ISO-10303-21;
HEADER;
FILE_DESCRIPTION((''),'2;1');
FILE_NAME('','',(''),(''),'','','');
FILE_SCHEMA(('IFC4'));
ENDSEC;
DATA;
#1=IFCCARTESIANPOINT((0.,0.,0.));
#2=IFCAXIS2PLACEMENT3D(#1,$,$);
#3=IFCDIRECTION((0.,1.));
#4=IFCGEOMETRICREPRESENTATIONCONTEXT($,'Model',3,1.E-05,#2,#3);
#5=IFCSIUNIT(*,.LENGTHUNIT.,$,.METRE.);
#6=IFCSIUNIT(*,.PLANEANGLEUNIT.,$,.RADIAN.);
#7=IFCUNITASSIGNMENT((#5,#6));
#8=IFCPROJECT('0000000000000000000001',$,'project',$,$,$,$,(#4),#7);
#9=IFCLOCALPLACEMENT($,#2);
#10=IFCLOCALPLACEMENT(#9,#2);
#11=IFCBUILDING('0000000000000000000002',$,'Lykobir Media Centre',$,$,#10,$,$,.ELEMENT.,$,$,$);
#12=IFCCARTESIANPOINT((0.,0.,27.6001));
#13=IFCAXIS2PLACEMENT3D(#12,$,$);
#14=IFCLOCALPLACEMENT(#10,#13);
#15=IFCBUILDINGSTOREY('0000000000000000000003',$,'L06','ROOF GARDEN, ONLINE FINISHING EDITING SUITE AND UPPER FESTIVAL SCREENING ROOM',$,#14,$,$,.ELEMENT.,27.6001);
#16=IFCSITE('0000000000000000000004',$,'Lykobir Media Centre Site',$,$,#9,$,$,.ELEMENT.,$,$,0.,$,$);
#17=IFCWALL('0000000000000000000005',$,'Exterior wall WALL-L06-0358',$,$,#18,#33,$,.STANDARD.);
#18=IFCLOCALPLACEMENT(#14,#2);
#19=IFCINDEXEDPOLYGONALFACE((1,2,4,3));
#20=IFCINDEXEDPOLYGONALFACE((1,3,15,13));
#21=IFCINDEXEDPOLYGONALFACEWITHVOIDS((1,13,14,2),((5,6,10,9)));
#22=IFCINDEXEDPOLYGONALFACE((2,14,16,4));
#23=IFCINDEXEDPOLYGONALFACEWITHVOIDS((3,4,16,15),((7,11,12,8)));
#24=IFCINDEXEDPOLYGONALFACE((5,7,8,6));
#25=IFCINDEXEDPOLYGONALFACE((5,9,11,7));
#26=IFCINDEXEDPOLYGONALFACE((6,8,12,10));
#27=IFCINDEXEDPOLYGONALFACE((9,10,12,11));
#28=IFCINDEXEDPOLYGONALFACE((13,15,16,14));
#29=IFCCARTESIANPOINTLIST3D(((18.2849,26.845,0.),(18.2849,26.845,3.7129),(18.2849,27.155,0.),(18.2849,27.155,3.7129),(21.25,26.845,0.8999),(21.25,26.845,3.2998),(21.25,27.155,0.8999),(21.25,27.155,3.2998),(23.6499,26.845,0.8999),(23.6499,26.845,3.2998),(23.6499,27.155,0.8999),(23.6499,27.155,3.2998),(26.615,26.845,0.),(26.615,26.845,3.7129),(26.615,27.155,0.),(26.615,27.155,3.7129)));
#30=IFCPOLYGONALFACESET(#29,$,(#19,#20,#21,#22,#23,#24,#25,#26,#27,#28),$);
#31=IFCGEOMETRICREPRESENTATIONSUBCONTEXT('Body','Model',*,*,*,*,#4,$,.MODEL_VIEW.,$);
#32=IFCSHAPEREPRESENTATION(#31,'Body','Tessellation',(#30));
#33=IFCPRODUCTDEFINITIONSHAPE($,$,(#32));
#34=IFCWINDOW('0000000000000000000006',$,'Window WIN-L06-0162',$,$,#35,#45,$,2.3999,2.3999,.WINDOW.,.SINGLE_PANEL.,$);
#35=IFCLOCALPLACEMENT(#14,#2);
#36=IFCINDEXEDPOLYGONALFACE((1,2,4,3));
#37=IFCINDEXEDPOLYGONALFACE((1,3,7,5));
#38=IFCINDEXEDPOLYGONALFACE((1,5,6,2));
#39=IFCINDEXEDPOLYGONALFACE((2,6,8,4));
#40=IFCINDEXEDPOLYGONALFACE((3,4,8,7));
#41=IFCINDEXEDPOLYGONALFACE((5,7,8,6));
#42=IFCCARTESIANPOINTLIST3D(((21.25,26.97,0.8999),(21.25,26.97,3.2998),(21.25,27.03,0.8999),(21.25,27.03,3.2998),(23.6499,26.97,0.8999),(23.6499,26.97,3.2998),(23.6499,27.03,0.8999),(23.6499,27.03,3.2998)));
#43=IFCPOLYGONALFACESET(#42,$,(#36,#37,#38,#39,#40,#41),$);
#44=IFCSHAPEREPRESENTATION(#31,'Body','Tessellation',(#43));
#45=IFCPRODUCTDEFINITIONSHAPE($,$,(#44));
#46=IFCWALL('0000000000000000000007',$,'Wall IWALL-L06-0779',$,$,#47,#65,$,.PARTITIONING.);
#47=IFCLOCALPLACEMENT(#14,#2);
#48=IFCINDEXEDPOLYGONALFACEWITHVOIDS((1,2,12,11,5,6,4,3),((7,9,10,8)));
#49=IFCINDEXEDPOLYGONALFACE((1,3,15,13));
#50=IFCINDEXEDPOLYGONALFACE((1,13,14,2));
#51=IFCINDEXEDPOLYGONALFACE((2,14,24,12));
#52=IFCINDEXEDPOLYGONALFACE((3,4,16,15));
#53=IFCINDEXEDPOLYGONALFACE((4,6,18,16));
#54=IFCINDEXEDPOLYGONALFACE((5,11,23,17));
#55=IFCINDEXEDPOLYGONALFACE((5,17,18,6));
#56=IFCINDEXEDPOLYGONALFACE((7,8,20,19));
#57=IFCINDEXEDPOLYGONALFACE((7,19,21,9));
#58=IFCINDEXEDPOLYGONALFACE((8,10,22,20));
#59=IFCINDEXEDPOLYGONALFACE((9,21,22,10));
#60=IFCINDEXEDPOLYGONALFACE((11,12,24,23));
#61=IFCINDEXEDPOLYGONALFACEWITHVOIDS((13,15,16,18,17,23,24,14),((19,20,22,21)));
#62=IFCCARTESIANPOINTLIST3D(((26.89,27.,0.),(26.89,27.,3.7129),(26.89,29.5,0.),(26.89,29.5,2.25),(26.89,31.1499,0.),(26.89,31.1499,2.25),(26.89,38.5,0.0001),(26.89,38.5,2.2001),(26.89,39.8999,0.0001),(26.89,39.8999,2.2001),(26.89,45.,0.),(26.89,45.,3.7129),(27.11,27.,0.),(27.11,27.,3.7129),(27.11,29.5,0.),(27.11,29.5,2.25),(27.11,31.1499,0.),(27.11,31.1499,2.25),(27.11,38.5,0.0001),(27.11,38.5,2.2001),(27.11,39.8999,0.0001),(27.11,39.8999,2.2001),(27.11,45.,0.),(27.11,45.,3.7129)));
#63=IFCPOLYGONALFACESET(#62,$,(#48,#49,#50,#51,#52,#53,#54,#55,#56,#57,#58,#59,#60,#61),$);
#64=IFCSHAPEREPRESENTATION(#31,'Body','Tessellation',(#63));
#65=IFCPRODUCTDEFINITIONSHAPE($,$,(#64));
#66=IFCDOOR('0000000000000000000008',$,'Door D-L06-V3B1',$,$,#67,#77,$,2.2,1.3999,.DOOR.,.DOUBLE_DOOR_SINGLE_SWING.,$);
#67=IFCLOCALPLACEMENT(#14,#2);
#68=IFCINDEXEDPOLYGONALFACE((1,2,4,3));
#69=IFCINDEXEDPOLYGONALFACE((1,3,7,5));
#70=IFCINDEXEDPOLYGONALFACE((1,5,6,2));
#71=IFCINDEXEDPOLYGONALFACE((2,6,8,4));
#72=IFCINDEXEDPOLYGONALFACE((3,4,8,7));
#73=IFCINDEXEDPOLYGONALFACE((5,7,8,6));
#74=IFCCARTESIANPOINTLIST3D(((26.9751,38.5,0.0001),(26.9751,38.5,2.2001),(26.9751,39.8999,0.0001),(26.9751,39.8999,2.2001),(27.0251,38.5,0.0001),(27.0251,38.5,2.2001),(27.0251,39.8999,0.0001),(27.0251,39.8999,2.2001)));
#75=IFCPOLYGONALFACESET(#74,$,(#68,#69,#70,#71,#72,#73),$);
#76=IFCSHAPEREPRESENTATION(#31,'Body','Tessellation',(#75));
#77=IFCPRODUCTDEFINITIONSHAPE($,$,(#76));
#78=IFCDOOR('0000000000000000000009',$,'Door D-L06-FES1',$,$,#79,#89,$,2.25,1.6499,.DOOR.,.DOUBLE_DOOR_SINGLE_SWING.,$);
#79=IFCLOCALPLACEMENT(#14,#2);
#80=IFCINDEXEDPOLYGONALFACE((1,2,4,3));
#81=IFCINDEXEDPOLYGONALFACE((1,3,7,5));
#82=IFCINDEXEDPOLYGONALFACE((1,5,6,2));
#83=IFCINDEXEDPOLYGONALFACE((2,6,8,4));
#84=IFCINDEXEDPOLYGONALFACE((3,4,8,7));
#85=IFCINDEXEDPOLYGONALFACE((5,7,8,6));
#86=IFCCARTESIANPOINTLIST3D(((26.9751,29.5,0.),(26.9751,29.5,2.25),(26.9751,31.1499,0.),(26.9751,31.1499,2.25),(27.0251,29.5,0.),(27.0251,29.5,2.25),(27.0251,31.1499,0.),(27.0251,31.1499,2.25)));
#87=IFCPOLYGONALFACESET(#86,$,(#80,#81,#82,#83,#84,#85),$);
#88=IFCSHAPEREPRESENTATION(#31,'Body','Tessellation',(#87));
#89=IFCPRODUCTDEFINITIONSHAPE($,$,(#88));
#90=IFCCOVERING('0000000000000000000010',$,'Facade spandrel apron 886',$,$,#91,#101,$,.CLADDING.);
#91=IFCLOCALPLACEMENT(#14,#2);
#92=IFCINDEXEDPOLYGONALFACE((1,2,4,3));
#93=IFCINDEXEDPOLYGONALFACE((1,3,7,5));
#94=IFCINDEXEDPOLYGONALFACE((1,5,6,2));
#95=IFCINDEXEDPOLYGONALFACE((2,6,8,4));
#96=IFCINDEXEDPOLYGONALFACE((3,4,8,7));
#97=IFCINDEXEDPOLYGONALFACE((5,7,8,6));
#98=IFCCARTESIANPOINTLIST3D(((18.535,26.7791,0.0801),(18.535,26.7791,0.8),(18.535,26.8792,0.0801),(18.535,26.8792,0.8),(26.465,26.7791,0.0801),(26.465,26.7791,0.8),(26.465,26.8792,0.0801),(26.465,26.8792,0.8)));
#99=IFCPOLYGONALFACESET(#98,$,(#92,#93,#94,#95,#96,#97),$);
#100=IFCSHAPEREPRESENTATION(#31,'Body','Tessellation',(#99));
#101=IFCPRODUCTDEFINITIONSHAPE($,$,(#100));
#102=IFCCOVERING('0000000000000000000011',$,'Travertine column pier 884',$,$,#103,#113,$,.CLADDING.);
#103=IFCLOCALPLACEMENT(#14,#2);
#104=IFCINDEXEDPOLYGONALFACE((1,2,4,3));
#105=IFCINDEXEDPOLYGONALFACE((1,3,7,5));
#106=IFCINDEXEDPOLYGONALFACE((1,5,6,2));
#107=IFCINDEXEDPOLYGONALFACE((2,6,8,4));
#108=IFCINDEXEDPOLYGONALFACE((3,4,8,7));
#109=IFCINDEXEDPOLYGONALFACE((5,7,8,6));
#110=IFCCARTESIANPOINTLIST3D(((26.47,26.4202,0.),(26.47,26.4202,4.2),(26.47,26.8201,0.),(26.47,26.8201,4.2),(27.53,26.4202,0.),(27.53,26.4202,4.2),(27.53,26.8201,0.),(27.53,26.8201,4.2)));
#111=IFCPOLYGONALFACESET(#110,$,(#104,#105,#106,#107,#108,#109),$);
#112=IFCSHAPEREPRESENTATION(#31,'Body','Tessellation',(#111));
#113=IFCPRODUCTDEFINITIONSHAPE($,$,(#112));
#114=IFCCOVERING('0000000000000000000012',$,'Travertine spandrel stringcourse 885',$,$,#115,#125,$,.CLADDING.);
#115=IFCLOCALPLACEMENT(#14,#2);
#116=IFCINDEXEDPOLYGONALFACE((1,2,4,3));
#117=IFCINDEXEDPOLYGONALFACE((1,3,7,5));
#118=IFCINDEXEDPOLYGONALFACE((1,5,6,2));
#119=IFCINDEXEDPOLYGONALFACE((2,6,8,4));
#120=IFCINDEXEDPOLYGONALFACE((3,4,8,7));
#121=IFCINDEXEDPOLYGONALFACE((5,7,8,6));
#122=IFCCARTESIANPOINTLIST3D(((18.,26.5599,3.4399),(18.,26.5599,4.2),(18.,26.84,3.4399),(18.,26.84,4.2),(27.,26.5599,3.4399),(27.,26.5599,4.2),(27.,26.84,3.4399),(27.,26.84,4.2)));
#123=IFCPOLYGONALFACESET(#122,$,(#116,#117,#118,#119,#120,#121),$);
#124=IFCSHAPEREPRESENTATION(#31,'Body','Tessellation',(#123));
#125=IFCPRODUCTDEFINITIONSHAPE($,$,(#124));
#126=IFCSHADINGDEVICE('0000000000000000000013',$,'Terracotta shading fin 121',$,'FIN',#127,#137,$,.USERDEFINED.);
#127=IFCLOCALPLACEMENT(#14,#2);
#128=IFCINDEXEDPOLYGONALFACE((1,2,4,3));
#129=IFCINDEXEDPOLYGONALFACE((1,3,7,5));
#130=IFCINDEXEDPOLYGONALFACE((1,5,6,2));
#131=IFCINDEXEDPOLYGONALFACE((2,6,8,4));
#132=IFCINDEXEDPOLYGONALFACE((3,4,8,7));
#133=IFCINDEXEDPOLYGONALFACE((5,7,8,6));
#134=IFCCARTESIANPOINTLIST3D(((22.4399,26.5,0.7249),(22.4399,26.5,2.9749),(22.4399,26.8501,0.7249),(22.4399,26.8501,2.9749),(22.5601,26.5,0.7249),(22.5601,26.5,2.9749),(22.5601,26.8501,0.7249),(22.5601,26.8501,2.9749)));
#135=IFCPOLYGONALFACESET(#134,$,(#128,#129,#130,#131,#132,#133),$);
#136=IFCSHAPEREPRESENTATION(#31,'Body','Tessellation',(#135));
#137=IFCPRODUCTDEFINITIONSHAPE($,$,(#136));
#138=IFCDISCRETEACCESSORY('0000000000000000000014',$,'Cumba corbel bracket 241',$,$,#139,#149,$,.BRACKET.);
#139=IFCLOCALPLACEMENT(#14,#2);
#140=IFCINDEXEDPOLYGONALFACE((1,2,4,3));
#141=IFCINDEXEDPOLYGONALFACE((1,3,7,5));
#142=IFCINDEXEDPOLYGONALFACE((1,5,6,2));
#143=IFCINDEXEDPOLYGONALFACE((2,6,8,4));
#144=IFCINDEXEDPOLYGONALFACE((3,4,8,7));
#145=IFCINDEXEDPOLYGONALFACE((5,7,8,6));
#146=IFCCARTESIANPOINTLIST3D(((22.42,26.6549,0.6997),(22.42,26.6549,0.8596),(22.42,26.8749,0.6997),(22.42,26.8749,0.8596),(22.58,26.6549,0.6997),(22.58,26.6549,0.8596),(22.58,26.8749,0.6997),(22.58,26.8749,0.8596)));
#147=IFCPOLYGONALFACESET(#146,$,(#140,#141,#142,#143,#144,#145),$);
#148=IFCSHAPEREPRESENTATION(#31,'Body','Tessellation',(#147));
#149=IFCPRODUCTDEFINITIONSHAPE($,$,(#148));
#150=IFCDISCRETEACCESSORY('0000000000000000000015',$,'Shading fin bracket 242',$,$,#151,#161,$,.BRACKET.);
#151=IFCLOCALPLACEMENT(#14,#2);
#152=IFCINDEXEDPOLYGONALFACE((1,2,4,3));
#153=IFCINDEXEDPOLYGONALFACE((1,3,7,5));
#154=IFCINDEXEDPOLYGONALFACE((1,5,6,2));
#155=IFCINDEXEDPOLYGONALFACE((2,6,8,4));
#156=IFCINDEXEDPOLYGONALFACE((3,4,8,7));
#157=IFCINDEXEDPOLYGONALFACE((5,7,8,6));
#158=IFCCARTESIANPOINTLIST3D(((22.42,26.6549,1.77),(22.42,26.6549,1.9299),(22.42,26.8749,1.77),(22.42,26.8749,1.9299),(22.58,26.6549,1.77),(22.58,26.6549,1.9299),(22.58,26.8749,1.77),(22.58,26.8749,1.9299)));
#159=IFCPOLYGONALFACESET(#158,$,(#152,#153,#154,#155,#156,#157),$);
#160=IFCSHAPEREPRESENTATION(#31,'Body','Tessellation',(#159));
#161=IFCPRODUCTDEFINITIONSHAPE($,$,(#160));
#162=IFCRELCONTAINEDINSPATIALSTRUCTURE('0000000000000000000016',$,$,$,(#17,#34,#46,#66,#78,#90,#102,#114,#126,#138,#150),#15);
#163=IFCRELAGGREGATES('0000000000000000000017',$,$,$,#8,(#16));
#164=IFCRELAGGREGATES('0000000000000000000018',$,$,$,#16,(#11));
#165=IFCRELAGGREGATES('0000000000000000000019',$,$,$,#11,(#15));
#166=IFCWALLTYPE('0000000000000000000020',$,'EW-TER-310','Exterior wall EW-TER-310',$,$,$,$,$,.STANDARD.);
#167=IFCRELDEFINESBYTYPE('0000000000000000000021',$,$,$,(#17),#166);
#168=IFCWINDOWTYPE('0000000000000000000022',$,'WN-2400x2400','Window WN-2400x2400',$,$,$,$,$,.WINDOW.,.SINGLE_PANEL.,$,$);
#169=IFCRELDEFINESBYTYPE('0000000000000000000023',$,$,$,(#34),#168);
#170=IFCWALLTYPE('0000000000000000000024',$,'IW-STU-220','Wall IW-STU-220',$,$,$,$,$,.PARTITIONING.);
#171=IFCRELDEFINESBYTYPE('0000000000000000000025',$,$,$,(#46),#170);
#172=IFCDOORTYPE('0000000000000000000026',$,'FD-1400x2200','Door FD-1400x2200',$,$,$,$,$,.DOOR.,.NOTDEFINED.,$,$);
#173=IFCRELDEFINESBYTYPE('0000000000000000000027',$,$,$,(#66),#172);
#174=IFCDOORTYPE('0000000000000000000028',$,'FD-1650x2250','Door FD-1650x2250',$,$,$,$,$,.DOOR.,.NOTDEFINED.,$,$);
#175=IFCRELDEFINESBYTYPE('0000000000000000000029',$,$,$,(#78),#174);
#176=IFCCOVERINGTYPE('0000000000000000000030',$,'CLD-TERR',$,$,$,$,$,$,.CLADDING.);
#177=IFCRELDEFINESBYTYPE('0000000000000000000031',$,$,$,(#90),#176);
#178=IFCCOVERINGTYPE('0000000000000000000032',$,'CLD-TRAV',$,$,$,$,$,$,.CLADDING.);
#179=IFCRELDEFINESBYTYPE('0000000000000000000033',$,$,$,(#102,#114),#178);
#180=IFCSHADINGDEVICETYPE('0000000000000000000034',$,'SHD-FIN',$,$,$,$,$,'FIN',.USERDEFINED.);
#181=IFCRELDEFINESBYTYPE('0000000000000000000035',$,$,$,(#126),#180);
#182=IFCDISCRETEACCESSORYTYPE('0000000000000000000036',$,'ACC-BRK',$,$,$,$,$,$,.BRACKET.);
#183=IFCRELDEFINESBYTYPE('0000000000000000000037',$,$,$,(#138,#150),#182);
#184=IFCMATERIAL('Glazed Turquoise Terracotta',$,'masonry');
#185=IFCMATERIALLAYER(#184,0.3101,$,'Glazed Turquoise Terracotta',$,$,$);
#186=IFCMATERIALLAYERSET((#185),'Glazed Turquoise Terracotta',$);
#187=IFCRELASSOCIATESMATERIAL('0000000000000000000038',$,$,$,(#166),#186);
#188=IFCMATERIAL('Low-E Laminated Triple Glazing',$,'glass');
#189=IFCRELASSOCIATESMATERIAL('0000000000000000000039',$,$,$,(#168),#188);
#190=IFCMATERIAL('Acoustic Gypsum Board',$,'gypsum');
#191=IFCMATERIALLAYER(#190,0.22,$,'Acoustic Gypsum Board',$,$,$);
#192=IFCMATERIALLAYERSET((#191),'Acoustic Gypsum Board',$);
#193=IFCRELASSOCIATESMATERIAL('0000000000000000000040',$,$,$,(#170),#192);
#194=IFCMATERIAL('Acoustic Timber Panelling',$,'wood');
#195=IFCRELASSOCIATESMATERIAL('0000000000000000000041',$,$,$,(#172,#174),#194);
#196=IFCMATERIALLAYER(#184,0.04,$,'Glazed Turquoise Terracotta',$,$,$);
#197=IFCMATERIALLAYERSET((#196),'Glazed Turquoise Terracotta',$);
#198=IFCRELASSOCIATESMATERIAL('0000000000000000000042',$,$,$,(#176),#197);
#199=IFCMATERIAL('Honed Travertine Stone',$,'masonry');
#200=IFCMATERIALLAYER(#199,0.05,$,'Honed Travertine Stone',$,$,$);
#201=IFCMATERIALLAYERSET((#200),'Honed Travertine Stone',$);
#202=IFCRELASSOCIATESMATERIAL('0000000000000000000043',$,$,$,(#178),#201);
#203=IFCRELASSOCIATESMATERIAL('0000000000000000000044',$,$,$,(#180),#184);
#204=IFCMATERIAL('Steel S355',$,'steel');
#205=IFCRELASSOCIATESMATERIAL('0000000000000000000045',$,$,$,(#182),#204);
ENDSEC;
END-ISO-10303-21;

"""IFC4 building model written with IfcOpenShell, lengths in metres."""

from ifc_helpers import new_model, si_unit, direction, frame, frame_2d, origin, origin_2d, place, context, subcontext, project, spatial, rectangle, extrude, material, layer, layer_set, type_object, element, fill, save


model = new_model("IFC4")

# Units and contexts
model_context = context("Model", 3, precision=1e-05, world=origin(), true_north=direction((0.0, 1.0)))
body_context = subcontext(model_context, "Body", "Model", "MODEL_VIEW")
ifc_project = project(units=[si_unit("LENGTHUNIT", "METRE"), si_unit("PLANEANGLEUNIT", "RADIAN")], contexts=[model_context])

# Site, building, storey
site_placement = place(None, origin())
site = spatial("IfcSite", under=ifc_project, at=site_placement, Name="Lykobir Media Centre Site", CompositionType="ELEMENT", RefElevation=0.0)
building_placement = place(site_placement, origin())
building = spatial("IfcBuilding", under=site, at=building_placement, Name="Lykobir Media Centre", CompositionType="ELEMENT")
storey_placement = place(building_placement, frame((0.0, 0.0, 27.6001)))
storey = spatial("IfcBuildingStorey", under=building, at=storey_placement, Name="L06", Description="ROOF GARDEN, ONLINE FINISHING EDITING SUITE AND UPPER FESTIVAL SCREENING ROOM", CompositionType="ELEMENT", Elevation=27.6001)

# Shared definitions
ifc_material_1 = material(Name="Steel S355", Category="steel")

# Shared definitions
ifc_material_2 = material(Name="Low-E Laminated Triple Glazing", Category="glass")

# Wall, opening, window
ifc_material_3 = material(Name="Glazed Turquoise Terracotta", Category="masonry")
ifc_layer_1 = layer(ifc_material_3, 0.3101, Name="Glazed Turquoise Terracotta")
ifc_layer_set_1 = layer_set([ifc_layer_1], Name="Glazed Turquoise Terracotta")
wall_type_1 = type_object("IfcWallType", Name="EW-TER-310", Description="Exterior wall EW-TER-310", PredefinedType="STANDARD", material=ifc_layer_set_1)
wall_1_placement = place(storey_placement, frame((18.2849, 27.0, 0.0), z_axis=(0.0, 0.0, 1.0), x_axis=(1.0, 0.0, 0.0)))
wall_1 = element("IfcWall", 1, at=wall_1_placement, inside=storey, type_object=wall_type_1, Name="Exterior wall WALL-L06-0358", PredefinedType="STANDARD", context=body_context, shape_type="SweptSolid", body=[
    extrude(rectangle(XDim=8.3301, YDim=0.3101, at=frame_2d((4.165, 0.0))), origin(), (0.0, 0.0, 1.0), 3.7129),
])
opening_1_placement = place(wall_1_placement, frame((2.9651, 0.0, 0.8999)))
opening_1 = element("IfcOpeningElement", 2, at=opening_1_placement, cuts=wall_1, PredefinedType="OPENING", context=body_context, shape_type="SweptSolid", body=[
    extrude(rectangle(XDim=2.3999, YDim=2.3999, at=frame_2d((1.2, 1.2))), frame((0.0, 0.165, 0.0), z_axis=(0.0, -1.0, 0.0), x_axis=(1.0, 0.0, 0.0)), (0.0, 0.0, 1.0), 0.3301),
])
window_type = type_object("IfcWindowType", Name="WN-2400x2400", Description="Window WN-2400x2400", PartitioningType="SINGLE_PANEL", PredefinedType="WINDOW", material=ifc_material_2)
window_placement = place(opening_1_placement, origin())
window = element("IfcWindow", 3, at=window_placement, inside=storey, type_object=window_type, Name="Window WIN-L06-0162", OverallHeight=2.3999, OverallWidth=2.3999, PartitioningType="SINGLE_PANEL", PredefinedType="WINDOW", context=body_context, shape_type="SweptSolid", body=[
    extrude(rectangle(XDim=2.3999, YDim=2.3999, at=frame_2d((1.2, 1.2))), frame((0.0, 0.03, 0.0), z_axis=(0.0, -1.0, 0.0), x_axis=(1.0, 0.0, 0.0)), (0.0, 0.0, 1.0), 0.0601),
])
fill(opening_1, window)

# Wall, openings, doors
ifc_material_4 = material(Name="Acoustic Gypsum Board", Category="gypsum")
ifc_layer_2 = layer(ifc_material_4, 0.22, Name="Acoustic Gypsum Board")
ifc_layer_set_2 = layer_set([ifc_layer_2], Name="Acoustic Gypsum Board")
wall_type_2 = type_object("IfcWallType", Name="IW-STU-220", Description="Wall IW-STU-220", PredefinedType="PARTITIONING", material=ifc_layer_set_2)
wall_2_placement = place(storey_placement, frame((27.0, 27.0, 0.0), z_axis=(0.0, 0.0, 1.0), x_axis=(0.0, 1.0, 0.0)))
wall_2 = element("IfcWall", 4, at=wall_2_placement, inside=storey, type_object=wall_type_2, Name="Wall IWALL-L06-0779", PredefinedType="PARTITIONING", context=body_context, shape_type="SweptSolid", body=[
    extrude(rectangle(XDim=18.0, YDim=0.22, at=frame_2d((9.0, 0.0))), origin(), (0.0, 0.0, 1.0), 3.7129),
])
opening_2_placement = place(wall_2_placement, frame((2.5, 0.0, 0.0)))
opening_2 = element("IfcOpeningElement", 5, at=opening_2_placement, cuts=wall_2, PredefinedType="OPENING", context=body_context, shape_type="SweptSolid", body=[
    extrude(rectangle(XDim=1.6499, YDim=2.25, at=frame_2d((0.825, 1.125))), frame((0.0, 0.1199, 0.0), z_axis=(0.0, -1.0, 0.0), x_axis=(1.0, 0.0, 0.0)), (0.0, 0.0, 1.0), 0.24),
])
opening_3_placement = place(wall_2_placement, frame((11.5, 0.0, 0.0)))
opening_3 = element("IfcOpeningElement", 6, at=opening_3_placement, cuts=wall_2, PredefinedType="OPENING", context=body_context, shape_type="SweptSolid", body=[
    extrude(rectangle(XDim=1.3999, YDim=2.2, at=frame_2d((0.7, 1.1001))), frame((0.0, 0.1199, 0.0), z_axis=(0.0, -1.0, 0.0), x_axis=(1.0, 0.0, 0.0)), (0.0, 0.0, 1.0), 0.24),
])
ifc_material_5 = material(Name="Acoustic Timber Panelling", Category="wood")
door_type_1 = type_object("IfcDoorType", Name="FD-1400x2200", Description="Door FD-1400x2200", OperationType="NOTDEFINED", PredefinedType="DOOR", material=ifc_material_5)
door_1_placement = place(opening_3_placement, origin())
door_1 = element("IfcDoor", 7, at=door_1_placement, inside=storey, type_object=door_type_1, Name="Door D-L06-V3B1", OperationType="DOUBLE_DOOR_SINGLE_SWING", OverallHeight=2.2, OverallWidth=1.3999, PredefinedType="DOOR", context=body_context, shape_type="SweptSolid", body=[
    extrude(rectangle(XDim=1.3999, YDim=2.2, at=frame_2d((0.7, 1.1001))), frame((0.0, 0.0249, 0.0), z_axis=(0.0, -1.0, 0.0), x_axis=(1.0, 0.0, 0.0)), (0.0, 0.0, 1.0), 0.05),
])
fill(opening_3, door_1)
door_type_2 = type_object("IfcDoorType", Name="FD-1650x2250", Description="Door FD-1650x2250", OperationType="NOTDEFINED", PredefinedType="DOOR", material=ifc_material_5)
door_2_placement = place(opening_2_placement, origin())
door_2 = element("IfcDoor", 8, at=door_2_placement, inside=storey, type_object=door_type_2, Name="Door D-L06-FES1", OperationType="DOUBLE_DOOR_SINGLE_SWING", OverallHeight=2.25, OverallWidth=1.6499, PredefinedType="DOOR", context=body_context, shape_type="SweptSolid", body=[
    extrude(rectangle(XDim=1.6499, YDim=2.25, at=frame_2d((0.825, 1.125))), frame((0.0, 0.0249, 0.0), z_axis=(0.0, -1.0, 0.0), x_axis=(1.0, 0.0, 0.0)), (0.0, 0.0, 1.0), 0.05),
])
fill(opening_2, door_2)

# Coverings
ifc_layer_3 = layer(ifc_material_3, 0.04, Name="Glazed Turquoise Terracotta")
ifc_layer_set_3 = layer_set([ifc_layer_3], Name="Glazed Turquoise Terracotta")
covering_type_1 = type_object("IfcCoveringType", Name="CLD-TERR", PredefinedType="CLADDING", material=ifc_layer_set_3)
covering_1_placement = place(storey_placement, frame((22.5, 26.8291, 0.0801), z_axis=(0.0, 0.0, 1.0), x_axis=(1.0, 0.0, 0.0)))
element("IfcCovering", 9, at=covering_1_placement, inside=storey, type_object=covering_type_1, Name="Facade spandrel apron 886", PredefinedType="CLADDING", context=body_context, shape_type="SweptSolid", body=[
    extrude(rectangle(XDim=7.9299, YDim=0.1001, at=origin_2d()), origin(), (0.0, 0.0, 1.0), 0.72),
])
ifc_material_6 = material(Name="Honed Travertine Stone", Category="masonry")
ifc_layer_4 = layer(ifc_material_6, 0.05, Name="Honed Travertine Stone")
ifc_layer_set_4 = layer_set([ifc_layer_4], Name="Honed Travertine Stone")
covering_type_2 = type_object("IfcCoveringType", Name="CLD-TRAV", PredefinedType="CLADDING", material=ifc_layer_set_4)
covering_2_placement = place(storey_placement, frame((27.0, 26.6201, 0.0), z_axis=(0.0, 0.0, 1.0), x_axis=(1.0, 0.0, 0.0)))
element("IfcCovering", 10, at=covering_2_placement, inside=storey, type_object=covering_type_2, Name="Travertine column pier 884", PredefinedType="CLADDING", context=body_context, shape_type="SweptSolid", body=[
    extrude(rectangle(XDim=1.0601, YDim=0.3999, at=origin_2d()), origin(), (0.0, 0.0, 1.0), 4.2),
])
covering_3_placement = place(storey_placement, frame((22.5, 26.7, 3.4399), z_axis=(0.0, 0.0, 1.0), x_axis=(1.0, 0.0, 0.0)))
element("IfcCovering", 11, at=covering_3_placement, inside=storey, type_object=covering_type_2, Name="Travertine spandrel stringcourse 885", PredefinedType="CLADDING", context=body_context, shape_type="SweptSolid", body=[
    extrude(rectangle(XDim=9.0, YDim=0.28, at=origin_2d()), origin(), (0.0, 0.0, 1.0), 0.76),
])

# Shading device
shading_device_type = type_object("IfcShadingDeviceType", Name="SHD-FIN", ElementType="FIN", PredefinedType="USERDEFINED", material=ifc_material_3)
shading_device_placement = place(storey_placement, frame((22.5, 26.675, 0.7249), z_axis=(0.0, 0.0, 1.0), x_axis=(1.0, 0.0, 0.0)))
element("IfcShadingDevice", 12, at=shading_device_placement, inside=storey, type_object=shading_device_type, Name="Terracotta shading fin 121", ObjectType="FIN", PredefinedType="USERDEFINED", context=body_context, shape_type="SweptSolid", body=[
    extrude(rectangle(XDim=0.1201, YDim=0.3501, at=origin_2d()), origin(), (0.0, 0.0, 1.0), 2.25),
])

# Discrete accessories
discrete_accessory_type = type_object("IfcDiscreteAccessoryType", Name="ACC-BRK", PredefinedType="BRACKET", material=ifc_material_1)
for number, where, z_axis, x_axis, name in (
    (13, (22.5, 26.7649, 0.6997), (0.0, 0.0, 1.0), (1.0, 0.0, 0.0), "Cumba corbel bracket 241"),
    (14, (22.5, 26.7649, 1.77), (0.0, 0.0, 1.0), (1.0, 0.0, 0.0), "Shading fin bracket 242"),
):
    element("IfcDiscreteAccessory", number, at=place(storey_placement, frame(where, z_axis=z_axis, x_axis=x_axis)), inside=storey, type_object=discrete_accessory_type, Name=name, PredefinedType="BRACKET", context=body_context, shape_type="SweptSolid", body=[
        extrude(rectangle(XDim=0.1599, YDim=0.22, at=origin_2d()), origin(), (0.0, 0.0, 1.0), 0.1599),
    ])

save(model, "model.ifc")
